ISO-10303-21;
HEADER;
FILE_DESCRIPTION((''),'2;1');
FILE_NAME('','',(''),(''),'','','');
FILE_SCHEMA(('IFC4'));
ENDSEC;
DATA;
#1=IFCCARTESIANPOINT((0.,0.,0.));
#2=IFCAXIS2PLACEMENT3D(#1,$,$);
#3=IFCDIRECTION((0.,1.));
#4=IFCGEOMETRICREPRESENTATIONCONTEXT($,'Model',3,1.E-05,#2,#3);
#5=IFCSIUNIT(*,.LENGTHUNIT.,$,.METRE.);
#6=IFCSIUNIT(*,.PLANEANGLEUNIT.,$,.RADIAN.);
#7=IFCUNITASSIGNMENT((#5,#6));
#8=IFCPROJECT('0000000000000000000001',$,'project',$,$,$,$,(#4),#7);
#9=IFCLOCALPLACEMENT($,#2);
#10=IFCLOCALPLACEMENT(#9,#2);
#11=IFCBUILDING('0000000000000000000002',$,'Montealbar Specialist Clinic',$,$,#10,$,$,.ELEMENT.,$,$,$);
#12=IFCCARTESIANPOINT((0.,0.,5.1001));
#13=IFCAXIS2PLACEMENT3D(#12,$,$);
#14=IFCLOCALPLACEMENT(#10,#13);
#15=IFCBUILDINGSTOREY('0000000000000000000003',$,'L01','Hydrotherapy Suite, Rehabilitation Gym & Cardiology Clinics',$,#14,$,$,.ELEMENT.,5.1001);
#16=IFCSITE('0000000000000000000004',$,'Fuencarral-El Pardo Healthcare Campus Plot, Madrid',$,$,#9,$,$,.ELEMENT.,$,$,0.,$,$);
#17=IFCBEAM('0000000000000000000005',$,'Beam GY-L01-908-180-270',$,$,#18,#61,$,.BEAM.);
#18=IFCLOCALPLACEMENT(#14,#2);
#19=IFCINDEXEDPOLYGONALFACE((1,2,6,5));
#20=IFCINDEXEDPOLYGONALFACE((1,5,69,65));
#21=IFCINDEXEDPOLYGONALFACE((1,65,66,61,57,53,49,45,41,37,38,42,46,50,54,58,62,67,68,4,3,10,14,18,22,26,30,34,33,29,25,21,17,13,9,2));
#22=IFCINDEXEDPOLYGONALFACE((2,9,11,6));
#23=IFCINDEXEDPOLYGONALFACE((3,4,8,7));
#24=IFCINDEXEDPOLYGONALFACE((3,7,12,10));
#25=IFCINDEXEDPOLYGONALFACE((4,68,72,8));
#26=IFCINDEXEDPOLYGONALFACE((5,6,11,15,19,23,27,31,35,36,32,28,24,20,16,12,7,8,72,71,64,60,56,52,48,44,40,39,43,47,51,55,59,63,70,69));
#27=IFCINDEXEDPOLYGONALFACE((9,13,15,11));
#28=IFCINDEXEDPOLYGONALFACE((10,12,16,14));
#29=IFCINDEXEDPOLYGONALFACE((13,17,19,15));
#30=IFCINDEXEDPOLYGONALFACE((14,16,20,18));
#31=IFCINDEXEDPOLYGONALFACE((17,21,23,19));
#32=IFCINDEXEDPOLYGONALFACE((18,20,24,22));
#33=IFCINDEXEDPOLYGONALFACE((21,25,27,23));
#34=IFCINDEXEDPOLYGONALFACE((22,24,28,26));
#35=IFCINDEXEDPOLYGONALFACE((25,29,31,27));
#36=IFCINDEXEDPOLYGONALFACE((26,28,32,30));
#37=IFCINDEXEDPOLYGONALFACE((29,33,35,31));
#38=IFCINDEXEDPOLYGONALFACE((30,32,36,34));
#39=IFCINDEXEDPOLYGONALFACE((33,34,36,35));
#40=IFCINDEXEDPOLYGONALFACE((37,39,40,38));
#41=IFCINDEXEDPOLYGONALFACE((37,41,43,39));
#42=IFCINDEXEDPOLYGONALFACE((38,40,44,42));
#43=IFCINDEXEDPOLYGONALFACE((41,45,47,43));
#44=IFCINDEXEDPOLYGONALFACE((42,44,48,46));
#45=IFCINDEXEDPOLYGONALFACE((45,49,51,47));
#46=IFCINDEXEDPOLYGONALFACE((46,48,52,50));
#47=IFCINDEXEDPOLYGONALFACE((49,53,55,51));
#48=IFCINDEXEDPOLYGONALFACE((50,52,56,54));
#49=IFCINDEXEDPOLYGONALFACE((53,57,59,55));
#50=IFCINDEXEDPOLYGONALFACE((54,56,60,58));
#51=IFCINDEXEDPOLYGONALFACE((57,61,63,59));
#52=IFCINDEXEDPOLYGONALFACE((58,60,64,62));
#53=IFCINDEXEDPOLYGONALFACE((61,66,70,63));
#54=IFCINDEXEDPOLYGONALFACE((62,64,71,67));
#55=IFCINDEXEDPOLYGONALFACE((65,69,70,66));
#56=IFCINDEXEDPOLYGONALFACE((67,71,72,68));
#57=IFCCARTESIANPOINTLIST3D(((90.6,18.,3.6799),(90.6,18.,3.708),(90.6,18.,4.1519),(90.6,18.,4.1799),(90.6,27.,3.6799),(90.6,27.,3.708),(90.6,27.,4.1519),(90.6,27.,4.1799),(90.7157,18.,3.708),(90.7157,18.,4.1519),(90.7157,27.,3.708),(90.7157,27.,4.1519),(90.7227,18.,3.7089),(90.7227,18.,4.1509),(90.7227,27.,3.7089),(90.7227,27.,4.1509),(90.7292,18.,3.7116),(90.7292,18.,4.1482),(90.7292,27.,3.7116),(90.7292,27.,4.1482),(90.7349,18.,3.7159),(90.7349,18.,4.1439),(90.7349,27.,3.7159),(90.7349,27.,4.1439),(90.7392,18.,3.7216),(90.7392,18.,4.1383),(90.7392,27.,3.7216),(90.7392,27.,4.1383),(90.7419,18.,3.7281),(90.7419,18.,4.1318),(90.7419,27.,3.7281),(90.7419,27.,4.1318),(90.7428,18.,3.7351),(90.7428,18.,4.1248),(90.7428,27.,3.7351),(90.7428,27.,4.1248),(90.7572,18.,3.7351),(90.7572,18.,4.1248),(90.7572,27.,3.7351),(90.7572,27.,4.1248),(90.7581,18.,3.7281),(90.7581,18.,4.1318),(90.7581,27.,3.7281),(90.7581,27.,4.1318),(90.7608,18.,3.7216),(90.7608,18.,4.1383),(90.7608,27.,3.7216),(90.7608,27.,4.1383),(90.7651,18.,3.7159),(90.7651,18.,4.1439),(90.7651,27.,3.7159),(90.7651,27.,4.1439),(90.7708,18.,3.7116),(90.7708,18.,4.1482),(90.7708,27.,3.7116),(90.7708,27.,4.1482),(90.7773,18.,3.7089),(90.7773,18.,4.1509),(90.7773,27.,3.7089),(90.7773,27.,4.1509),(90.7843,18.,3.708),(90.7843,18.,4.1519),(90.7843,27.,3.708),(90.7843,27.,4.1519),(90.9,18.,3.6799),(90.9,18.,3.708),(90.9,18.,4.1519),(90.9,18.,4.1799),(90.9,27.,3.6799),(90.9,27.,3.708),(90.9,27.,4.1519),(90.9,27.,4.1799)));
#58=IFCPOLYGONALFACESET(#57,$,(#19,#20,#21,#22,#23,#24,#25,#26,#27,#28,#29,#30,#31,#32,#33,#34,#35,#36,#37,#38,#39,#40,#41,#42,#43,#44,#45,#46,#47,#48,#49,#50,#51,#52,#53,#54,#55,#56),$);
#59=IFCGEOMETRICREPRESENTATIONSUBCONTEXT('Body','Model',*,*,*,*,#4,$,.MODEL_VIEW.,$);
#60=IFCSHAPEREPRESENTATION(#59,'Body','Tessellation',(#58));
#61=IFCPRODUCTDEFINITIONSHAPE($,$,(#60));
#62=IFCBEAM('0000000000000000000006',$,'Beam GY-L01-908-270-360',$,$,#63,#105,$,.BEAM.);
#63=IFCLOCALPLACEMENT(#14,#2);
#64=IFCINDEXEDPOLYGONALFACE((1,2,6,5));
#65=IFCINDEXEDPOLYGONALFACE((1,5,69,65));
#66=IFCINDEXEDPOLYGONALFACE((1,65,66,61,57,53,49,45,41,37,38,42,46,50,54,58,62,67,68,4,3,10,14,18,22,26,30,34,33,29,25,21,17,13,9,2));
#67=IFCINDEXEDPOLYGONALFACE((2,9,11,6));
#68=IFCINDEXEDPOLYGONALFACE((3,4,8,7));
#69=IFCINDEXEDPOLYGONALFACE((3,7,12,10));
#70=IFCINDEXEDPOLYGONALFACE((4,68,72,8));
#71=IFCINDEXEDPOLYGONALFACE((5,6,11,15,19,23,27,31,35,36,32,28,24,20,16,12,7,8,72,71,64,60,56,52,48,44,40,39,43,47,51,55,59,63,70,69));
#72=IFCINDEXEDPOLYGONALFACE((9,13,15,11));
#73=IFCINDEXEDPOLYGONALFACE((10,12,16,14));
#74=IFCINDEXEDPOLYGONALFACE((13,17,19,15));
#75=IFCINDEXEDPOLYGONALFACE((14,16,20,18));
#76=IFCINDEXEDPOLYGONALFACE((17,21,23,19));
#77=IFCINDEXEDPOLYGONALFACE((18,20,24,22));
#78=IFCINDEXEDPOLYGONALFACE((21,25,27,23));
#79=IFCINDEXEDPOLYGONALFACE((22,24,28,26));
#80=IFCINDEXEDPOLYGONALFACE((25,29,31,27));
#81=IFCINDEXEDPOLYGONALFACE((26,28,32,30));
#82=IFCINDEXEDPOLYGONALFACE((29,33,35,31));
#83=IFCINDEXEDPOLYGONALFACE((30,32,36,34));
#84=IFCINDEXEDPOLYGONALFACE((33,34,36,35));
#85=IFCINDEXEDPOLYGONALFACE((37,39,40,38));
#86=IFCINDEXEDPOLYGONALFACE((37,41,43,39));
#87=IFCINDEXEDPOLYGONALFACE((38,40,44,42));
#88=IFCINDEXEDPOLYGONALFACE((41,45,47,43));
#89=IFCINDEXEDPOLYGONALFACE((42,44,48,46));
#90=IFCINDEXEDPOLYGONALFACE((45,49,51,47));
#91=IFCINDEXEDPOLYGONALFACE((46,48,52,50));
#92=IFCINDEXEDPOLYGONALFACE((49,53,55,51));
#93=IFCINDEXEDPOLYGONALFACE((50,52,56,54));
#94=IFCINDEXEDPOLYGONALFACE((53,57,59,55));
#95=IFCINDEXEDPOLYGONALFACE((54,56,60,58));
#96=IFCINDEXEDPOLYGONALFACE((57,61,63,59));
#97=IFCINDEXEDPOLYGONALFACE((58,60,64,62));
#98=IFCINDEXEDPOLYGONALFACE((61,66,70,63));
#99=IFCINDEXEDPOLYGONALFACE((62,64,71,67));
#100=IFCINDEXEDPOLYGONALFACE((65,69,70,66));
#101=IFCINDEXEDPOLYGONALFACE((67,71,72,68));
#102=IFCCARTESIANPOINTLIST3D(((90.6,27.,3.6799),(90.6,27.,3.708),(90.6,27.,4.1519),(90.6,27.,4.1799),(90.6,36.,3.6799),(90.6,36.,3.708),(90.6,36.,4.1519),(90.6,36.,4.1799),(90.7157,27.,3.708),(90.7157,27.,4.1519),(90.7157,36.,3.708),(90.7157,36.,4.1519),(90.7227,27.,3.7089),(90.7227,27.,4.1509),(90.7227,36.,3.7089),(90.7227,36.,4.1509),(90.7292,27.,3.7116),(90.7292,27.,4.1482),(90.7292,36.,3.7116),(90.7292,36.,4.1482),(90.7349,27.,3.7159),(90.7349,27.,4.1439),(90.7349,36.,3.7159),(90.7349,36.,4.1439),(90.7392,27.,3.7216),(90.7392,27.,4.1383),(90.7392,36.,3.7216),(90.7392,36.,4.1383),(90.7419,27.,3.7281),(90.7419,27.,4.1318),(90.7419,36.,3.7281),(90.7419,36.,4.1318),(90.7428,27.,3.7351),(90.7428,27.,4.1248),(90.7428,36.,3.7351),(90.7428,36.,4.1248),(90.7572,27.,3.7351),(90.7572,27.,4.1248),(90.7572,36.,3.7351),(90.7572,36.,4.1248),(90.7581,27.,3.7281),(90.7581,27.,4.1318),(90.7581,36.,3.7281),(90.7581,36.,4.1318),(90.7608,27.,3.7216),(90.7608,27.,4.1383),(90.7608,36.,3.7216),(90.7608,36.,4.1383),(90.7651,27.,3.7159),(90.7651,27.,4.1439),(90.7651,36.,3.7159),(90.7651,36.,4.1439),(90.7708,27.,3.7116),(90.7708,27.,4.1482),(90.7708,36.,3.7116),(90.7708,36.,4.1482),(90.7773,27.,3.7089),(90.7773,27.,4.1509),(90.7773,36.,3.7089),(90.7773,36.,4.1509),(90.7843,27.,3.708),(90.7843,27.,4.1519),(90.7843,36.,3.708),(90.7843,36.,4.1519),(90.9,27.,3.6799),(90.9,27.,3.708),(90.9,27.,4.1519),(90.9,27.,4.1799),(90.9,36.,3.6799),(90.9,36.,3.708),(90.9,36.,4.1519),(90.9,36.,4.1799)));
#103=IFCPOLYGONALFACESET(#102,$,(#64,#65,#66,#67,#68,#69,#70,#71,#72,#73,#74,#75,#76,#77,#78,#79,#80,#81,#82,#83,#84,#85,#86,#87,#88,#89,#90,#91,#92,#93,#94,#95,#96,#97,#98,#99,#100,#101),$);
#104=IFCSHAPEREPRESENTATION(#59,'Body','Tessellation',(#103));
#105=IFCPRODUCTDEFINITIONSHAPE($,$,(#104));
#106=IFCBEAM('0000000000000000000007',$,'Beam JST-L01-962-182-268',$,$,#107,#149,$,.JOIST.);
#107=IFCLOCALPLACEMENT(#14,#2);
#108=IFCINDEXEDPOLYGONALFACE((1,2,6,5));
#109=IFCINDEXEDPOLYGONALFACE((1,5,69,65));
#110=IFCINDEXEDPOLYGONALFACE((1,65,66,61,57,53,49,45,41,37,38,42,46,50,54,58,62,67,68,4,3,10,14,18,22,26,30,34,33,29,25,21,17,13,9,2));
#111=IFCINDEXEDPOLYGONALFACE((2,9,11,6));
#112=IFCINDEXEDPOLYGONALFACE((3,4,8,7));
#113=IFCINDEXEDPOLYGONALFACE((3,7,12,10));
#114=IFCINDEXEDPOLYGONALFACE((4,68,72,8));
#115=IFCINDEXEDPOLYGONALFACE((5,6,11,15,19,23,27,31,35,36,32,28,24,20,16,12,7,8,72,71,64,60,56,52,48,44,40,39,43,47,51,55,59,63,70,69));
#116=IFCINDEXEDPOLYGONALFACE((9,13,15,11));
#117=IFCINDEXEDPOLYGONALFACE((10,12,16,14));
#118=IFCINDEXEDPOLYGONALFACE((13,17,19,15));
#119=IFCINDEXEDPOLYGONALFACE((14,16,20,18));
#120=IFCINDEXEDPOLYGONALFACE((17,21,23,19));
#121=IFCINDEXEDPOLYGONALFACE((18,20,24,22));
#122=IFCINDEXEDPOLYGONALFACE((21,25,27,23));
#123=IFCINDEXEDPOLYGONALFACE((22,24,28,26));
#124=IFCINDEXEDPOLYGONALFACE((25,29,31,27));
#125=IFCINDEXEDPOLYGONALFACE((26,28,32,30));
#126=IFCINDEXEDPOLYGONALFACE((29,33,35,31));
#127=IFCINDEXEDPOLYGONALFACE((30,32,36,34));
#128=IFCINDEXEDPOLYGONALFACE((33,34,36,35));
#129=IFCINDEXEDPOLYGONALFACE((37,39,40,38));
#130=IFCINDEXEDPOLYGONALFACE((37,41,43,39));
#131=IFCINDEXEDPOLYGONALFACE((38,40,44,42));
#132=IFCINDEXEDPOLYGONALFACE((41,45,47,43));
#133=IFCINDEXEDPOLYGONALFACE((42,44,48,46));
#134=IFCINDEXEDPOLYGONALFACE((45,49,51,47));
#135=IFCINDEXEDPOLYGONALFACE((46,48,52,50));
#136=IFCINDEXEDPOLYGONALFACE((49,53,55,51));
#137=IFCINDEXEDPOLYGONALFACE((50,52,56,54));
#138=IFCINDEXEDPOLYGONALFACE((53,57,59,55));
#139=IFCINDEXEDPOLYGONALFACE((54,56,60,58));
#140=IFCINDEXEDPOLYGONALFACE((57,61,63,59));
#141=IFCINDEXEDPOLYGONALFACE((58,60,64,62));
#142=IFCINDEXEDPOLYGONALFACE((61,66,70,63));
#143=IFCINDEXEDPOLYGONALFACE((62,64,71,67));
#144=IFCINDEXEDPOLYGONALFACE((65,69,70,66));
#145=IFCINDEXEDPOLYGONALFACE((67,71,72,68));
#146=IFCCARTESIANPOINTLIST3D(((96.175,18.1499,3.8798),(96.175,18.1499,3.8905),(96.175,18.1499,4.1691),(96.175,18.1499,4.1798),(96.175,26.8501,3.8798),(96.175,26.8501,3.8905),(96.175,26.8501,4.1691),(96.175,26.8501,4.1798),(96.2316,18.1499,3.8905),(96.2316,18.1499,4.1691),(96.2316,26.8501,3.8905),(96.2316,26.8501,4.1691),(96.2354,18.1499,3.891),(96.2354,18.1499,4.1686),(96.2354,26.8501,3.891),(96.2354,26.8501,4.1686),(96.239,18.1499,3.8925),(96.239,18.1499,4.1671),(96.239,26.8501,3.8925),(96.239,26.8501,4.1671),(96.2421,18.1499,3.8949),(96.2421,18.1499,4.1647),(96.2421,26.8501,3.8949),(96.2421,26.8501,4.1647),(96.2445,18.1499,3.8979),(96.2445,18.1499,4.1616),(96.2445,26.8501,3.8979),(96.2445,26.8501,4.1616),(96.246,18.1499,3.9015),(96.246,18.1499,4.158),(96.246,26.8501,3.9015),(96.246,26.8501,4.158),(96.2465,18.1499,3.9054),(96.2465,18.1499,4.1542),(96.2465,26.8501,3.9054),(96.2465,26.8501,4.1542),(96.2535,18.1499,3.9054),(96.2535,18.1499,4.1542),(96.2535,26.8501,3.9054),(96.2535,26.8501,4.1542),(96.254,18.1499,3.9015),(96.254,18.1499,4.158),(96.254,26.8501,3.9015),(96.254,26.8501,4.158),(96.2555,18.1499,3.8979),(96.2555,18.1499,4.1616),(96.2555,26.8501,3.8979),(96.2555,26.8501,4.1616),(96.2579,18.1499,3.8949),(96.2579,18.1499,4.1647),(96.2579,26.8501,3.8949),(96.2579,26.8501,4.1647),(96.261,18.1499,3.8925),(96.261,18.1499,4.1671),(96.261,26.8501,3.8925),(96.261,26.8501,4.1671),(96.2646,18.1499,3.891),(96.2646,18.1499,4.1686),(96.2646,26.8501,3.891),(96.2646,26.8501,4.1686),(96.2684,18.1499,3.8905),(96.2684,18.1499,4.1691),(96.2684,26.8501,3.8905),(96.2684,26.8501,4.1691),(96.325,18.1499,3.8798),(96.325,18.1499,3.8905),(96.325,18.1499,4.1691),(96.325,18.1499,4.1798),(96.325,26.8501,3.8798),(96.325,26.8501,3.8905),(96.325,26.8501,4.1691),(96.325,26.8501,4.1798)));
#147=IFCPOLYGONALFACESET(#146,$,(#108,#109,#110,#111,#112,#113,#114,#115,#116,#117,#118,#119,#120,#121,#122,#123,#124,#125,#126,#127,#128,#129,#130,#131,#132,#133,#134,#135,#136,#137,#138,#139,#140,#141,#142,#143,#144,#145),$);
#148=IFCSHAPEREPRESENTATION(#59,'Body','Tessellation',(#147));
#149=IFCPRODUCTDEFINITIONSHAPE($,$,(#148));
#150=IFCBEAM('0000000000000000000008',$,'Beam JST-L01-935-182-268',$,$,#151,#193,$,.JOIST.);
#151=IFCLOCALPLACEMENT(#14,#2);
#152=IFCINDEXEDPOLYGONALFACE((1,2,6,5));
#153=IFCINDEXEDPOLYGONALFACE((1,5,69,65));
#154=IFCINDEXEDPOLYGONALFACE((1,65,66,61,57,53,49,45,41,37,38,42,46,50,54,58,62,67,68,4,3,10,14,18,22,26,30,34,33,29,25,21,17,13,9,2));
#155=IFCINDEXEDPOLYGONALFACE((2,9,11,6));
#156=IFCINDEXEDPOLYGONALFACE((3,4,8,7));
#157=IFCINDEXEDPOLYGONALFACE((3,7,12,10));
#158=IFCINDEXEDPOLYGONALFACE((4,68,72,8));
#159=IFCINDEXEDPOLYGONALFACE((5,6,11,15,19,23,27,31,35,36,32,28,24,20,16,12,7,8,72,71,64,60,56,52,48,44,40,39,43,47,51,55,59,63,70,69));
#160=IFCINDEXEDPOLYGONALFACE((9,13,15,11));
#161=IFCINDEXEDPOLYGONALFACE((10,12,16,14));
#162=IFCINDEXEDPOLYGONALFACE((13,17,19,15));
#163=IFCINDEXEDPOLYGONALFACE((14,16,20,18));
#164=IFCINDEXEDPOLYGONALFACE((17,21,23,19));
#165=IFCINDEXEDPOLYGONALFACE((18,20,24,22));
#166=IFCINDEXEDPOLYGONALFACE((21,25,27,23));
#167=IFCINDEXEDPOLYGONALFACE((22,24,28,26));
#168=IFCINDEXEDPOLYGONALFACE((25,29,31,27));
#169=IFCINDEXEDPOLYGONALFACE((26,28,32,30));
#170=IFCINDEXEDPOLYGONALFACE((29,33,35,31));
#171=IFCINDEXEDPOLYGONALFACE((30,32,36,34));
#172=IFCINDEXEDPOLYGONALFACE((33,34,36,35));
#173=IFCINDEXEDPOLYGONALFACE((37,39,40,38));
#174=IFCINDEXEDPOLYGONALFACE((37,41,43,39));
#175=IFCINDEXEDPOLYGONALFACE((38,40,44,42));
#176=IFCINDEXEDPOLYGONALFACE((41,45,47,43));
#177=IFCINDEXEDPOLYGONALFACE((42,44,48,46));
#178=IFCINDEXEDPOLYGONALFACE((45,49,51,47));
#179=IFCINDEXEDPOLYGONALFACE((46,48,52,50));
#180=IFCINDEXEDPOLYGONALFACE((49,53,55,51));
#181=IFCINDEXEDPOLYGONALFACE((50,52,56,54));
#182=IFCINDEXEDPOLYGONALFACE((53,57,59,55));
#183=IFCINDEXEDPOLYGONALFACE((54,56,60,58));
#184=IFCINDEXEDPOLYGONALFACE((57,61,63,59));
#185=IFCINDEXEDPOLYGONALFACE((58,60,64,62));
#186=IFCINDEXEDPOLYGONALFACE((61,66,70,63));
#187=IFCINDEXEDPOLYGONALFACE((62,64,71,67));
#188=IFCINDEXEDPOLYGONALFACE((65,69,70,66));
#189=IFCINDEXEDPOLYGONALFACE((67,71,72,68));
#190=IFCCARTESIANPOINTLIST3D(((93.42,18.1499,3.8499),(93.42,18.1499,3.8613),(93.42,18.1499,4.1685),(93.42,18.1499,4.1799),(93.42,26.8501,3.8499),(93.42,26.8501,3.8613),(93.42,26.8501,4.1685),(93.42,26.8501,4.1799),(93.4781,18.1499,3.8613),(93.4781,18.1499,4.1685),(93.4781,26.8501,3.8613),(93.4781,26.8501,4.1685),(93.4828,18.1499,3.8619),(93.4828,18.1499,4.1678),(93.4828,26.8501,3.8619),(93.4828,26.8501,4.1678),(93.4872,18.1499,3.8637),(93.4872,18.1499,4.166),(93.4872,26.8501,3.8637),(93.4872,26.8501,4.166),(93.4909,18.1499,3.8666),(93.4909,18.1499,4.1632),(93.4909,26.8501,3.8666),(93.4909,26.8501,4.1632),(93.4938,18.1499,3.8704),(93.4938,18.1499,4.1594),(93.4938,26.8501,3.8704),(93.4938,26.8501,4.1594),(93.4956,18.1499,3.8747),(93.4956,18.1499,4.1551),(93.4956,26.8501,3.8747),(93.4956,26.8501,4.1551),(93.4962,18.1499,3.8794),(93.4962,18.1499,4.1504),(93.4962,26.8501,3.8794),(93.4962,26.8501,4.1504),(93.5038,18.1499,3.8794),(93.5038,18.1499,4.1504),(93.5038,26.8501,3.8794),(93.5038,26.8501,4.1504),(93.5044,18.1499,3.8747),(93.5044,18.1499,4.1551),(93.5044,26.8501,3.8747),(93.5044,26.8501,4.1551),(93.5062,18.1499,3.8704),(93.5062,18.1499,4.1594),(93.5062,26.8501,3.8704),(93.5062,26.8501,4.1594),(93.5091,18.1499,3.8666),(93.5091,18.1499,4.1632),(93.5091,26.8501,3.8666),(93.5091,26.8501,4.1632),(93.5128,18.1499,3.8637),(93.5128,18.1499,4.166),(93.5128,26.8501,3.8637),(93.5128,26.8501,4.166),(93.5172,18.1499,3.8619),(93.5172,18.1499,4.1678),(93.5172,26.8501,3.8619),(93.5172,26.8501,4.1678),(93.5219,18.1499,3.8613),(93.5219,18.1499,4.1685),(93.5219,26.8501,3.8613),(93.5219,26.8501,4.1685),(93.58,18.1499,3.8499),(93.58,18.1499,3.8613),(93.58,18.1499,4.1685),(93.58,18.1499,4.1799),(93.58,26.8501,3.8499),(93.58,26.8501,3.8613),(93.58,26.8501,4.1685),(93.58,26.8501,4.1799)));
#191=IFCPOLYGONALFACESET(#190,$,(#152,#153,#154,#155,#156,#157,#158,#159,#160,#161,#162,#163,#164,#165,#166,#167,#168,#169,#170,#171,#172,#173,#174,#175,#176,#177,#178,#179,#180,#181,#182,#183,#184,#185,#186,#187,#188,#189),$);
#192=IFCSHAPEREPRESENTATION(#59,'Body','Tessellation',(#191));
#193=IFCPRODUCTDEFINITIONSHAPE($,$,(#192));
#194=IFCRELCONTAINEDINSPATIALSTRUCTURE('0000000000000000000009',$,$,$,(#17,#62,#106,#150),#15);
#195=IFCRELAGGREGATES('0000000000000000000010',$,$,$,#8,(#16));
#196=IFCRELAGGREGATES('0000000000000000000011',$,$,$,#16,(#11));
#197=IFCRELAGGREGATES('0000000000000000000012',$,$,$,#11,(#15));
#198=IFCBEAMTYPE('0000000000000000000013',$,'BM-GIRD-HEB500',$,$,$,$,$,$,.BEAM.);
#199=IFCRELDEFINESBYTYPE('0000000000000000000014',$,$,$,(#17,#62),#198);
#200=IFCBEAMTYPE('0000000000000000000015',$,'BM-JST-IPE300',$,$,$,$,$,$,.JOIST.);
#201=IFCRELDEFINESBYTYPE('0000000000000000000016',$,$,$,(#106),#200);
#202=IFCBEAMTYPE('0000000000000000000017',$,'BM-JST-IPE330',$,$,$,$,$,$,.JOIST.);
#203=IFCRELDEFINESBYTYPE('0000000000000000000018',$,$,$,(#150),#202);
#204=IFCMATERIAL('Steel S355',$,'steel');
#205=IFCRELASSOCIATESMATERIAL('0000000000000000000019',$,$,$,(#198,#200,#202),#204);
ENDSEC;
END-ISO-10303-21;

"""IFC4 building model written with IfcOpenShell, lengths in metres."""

from ifc_helpers import new_model, si_unit, direction, frame, origin, origin_2d, place, context, subcontext, project, spatial, i_section, extrude, material, material_profile, profile_set, type_object, element, save


model = new_model("IFC4")

# Units and contexts
model_context = context("Model", 3, precision=1e-05, world=origin(), true_north=direction((0.0, 1.0)))
body_context = subcontext(model_context, "Body", "Model", "MODEL_VIEW")
ifc_project = project(units=[si_unit("LENGTHUNIT", "METRE"), si_unit("PLANEANGLEUNIT", "RADIAN")], contexts=[model_context])

# Site, building, storey
site_placement = place(None, origin())
site = spatial("IfcSite", under=ifc_project, at=site_placement, Name="Fuencarral-El Pardo Healthcare Campus Plot, Madrid", CompositionType="ELEMENT", RefElevation=0.0)
building_placement = place(site_placement, origin())
building = spatial("IfcBuilding", under=site, at=building_placement, Name="Montealbar Specialist Clinic", CompositionType="ELEMENT")
storey_placement = place(building_placement, frame((0.0, 0.0, 5.1001)))
storey = spatial("IfcBuildingStorey", under=building, at=storey_placement, Name="L01", Description="Hydrotherapy Suite, Rehabilitation Gym & Cardiology Clinics", CompositionType="ELEMENT", Elevation=5.1001)

# Shared definitions
ifc_material_1 = material(Name="Steel S355", Category="steel")

# Beams
ifc_material_profile_1 = material_profile(ifc_material_1, i_section(OverallWidth=0.3, OverallDepth=0.5, WebThickness=0.0144, FlangeThickness=0.0281, FilletRadius=0.0271, at=origin_2d()), Name="HEB 500", Category="steel")
ifc_profile_set_1 = profile_set([ifc_material_profile_1], Name="Steel S355")
beam_type_1 = type_object("IfcBeamType", Name="BM-GIRD-HEB500", PredefinedType="BEAM", material=ifc_profile_set_1)
for number, where, z_axis, x_axis, name in (
    (1, (90.75, 18.0, 3.9299), (0.0, 1.0, 0.0), (-1.0, 0.0, 0.0), "Beam GY-L01-908-180-270"),
    (2, (90.75, 27.0, 3.9299), (0.0, 1.0, 0.0), (-1.0, 0.0, 0.0), "Beam GY-L01-908-270-360"),
):
    element("IfcBeam", number, at=place(storey_placement, frame(where, z_axis=z_axis, x_axis=x_axis)), inside=storey, type_object=beam_type_1, Name=name, PredefinedType="BEAM", context=body_context, shape_type="SweptSolid", body=[
        extrude(i_section(OverallWidth=0.3, OverallDepth=0.5, WebThickness=0.0144, FlangeThickness=0.0281, FilletRadius=0.0271, at=origin_2d()), origin(), (0.0, 0.0, 1.0), 9.0),
    ])
ifc_material_profile_2 = material_profile(ifc_material_1, i_section(OverallWidth=0.1499, OverallDepth=0.3, WebThickness=0.0071, FlangeThickness=0.0107, FilletRadius=0.0149, at=origin_2d()), Name="IPE 300", Category="steel")
ifc_profile_set_2 = profile_set([ifc_material_profile_2], Name="Steel S355")
beam_type_2 = type_object("IfcBeamType", Name="BM-JST-IPE300", PredefinedType="JOIST", material=ifc_profile_set_2)
beam_1_placement = place(storey_placement, frame((96.25, 18.1499, 4.0298), z_axis=(0.0, 1.0, 0.0), x_axis=(-1.0, 0.0, 0.0)))
element("IfcBeam", 3, at=beam_1_placement, inside=storey, type_object=beam_type_2, Name="Beam JST-L01-962-182-268", PredefinedType="JOIST", context=body_context, shape_type="SweptSolid", body=[
    extrude(i_section(OverallWidth=0.1499, OverallDepth=0.3, WebThickness=0.0071, FlangeThickness=0.0107, FilletRadius=0.0149, at=origin_2d()), origin(), (0.0, 0.0, 1.0), 8.7002),
])
ifc_material_profile_3 = material_profile(ifc_material_1, i_section(OverallWidth=0.1599, OverallDepth=0.3301, WebThickness=0.0076, FlangeThickness=0.0115, FilletRadius=0.0181, at=origin_2d()), Name="IPE 330", Category="steel")
ifc_profile_set_3 = profile_set([ifc_material_profile_3], Name="Steel S355")
beam_type_3 = type_object("IfcBeamType", Name="BM-JST-IPE330", PredefinedType="JOIST", material=ifc_profile_set_3)
beam_2_placement = place(storey_placement, frame((93.5, 18.1499, 4.0149), z_axis=(0.0, 1.0, 0.0), x_axis=(-1.0, 0.0, 0.0)))
element("IfcBeam", 4, at=beam_2_placement, inside=storey, type_object=beam_type_3, Name="Beam JST-L01-935-182-268", PredefinedType="JOIST", context=body_context, shape_type="SweptSolid", body=[
    extrude(i_section(OverallWidth=0.1599, OverallDepth=0.3301, WebThickness=0.0076, FlangeThickness=0.0115, FilletRadius=0.0181, at=origin_2d()), origin(), (0.0, 0.0, 1.0), 8.7002),
])

save(model, "model.ifc")
